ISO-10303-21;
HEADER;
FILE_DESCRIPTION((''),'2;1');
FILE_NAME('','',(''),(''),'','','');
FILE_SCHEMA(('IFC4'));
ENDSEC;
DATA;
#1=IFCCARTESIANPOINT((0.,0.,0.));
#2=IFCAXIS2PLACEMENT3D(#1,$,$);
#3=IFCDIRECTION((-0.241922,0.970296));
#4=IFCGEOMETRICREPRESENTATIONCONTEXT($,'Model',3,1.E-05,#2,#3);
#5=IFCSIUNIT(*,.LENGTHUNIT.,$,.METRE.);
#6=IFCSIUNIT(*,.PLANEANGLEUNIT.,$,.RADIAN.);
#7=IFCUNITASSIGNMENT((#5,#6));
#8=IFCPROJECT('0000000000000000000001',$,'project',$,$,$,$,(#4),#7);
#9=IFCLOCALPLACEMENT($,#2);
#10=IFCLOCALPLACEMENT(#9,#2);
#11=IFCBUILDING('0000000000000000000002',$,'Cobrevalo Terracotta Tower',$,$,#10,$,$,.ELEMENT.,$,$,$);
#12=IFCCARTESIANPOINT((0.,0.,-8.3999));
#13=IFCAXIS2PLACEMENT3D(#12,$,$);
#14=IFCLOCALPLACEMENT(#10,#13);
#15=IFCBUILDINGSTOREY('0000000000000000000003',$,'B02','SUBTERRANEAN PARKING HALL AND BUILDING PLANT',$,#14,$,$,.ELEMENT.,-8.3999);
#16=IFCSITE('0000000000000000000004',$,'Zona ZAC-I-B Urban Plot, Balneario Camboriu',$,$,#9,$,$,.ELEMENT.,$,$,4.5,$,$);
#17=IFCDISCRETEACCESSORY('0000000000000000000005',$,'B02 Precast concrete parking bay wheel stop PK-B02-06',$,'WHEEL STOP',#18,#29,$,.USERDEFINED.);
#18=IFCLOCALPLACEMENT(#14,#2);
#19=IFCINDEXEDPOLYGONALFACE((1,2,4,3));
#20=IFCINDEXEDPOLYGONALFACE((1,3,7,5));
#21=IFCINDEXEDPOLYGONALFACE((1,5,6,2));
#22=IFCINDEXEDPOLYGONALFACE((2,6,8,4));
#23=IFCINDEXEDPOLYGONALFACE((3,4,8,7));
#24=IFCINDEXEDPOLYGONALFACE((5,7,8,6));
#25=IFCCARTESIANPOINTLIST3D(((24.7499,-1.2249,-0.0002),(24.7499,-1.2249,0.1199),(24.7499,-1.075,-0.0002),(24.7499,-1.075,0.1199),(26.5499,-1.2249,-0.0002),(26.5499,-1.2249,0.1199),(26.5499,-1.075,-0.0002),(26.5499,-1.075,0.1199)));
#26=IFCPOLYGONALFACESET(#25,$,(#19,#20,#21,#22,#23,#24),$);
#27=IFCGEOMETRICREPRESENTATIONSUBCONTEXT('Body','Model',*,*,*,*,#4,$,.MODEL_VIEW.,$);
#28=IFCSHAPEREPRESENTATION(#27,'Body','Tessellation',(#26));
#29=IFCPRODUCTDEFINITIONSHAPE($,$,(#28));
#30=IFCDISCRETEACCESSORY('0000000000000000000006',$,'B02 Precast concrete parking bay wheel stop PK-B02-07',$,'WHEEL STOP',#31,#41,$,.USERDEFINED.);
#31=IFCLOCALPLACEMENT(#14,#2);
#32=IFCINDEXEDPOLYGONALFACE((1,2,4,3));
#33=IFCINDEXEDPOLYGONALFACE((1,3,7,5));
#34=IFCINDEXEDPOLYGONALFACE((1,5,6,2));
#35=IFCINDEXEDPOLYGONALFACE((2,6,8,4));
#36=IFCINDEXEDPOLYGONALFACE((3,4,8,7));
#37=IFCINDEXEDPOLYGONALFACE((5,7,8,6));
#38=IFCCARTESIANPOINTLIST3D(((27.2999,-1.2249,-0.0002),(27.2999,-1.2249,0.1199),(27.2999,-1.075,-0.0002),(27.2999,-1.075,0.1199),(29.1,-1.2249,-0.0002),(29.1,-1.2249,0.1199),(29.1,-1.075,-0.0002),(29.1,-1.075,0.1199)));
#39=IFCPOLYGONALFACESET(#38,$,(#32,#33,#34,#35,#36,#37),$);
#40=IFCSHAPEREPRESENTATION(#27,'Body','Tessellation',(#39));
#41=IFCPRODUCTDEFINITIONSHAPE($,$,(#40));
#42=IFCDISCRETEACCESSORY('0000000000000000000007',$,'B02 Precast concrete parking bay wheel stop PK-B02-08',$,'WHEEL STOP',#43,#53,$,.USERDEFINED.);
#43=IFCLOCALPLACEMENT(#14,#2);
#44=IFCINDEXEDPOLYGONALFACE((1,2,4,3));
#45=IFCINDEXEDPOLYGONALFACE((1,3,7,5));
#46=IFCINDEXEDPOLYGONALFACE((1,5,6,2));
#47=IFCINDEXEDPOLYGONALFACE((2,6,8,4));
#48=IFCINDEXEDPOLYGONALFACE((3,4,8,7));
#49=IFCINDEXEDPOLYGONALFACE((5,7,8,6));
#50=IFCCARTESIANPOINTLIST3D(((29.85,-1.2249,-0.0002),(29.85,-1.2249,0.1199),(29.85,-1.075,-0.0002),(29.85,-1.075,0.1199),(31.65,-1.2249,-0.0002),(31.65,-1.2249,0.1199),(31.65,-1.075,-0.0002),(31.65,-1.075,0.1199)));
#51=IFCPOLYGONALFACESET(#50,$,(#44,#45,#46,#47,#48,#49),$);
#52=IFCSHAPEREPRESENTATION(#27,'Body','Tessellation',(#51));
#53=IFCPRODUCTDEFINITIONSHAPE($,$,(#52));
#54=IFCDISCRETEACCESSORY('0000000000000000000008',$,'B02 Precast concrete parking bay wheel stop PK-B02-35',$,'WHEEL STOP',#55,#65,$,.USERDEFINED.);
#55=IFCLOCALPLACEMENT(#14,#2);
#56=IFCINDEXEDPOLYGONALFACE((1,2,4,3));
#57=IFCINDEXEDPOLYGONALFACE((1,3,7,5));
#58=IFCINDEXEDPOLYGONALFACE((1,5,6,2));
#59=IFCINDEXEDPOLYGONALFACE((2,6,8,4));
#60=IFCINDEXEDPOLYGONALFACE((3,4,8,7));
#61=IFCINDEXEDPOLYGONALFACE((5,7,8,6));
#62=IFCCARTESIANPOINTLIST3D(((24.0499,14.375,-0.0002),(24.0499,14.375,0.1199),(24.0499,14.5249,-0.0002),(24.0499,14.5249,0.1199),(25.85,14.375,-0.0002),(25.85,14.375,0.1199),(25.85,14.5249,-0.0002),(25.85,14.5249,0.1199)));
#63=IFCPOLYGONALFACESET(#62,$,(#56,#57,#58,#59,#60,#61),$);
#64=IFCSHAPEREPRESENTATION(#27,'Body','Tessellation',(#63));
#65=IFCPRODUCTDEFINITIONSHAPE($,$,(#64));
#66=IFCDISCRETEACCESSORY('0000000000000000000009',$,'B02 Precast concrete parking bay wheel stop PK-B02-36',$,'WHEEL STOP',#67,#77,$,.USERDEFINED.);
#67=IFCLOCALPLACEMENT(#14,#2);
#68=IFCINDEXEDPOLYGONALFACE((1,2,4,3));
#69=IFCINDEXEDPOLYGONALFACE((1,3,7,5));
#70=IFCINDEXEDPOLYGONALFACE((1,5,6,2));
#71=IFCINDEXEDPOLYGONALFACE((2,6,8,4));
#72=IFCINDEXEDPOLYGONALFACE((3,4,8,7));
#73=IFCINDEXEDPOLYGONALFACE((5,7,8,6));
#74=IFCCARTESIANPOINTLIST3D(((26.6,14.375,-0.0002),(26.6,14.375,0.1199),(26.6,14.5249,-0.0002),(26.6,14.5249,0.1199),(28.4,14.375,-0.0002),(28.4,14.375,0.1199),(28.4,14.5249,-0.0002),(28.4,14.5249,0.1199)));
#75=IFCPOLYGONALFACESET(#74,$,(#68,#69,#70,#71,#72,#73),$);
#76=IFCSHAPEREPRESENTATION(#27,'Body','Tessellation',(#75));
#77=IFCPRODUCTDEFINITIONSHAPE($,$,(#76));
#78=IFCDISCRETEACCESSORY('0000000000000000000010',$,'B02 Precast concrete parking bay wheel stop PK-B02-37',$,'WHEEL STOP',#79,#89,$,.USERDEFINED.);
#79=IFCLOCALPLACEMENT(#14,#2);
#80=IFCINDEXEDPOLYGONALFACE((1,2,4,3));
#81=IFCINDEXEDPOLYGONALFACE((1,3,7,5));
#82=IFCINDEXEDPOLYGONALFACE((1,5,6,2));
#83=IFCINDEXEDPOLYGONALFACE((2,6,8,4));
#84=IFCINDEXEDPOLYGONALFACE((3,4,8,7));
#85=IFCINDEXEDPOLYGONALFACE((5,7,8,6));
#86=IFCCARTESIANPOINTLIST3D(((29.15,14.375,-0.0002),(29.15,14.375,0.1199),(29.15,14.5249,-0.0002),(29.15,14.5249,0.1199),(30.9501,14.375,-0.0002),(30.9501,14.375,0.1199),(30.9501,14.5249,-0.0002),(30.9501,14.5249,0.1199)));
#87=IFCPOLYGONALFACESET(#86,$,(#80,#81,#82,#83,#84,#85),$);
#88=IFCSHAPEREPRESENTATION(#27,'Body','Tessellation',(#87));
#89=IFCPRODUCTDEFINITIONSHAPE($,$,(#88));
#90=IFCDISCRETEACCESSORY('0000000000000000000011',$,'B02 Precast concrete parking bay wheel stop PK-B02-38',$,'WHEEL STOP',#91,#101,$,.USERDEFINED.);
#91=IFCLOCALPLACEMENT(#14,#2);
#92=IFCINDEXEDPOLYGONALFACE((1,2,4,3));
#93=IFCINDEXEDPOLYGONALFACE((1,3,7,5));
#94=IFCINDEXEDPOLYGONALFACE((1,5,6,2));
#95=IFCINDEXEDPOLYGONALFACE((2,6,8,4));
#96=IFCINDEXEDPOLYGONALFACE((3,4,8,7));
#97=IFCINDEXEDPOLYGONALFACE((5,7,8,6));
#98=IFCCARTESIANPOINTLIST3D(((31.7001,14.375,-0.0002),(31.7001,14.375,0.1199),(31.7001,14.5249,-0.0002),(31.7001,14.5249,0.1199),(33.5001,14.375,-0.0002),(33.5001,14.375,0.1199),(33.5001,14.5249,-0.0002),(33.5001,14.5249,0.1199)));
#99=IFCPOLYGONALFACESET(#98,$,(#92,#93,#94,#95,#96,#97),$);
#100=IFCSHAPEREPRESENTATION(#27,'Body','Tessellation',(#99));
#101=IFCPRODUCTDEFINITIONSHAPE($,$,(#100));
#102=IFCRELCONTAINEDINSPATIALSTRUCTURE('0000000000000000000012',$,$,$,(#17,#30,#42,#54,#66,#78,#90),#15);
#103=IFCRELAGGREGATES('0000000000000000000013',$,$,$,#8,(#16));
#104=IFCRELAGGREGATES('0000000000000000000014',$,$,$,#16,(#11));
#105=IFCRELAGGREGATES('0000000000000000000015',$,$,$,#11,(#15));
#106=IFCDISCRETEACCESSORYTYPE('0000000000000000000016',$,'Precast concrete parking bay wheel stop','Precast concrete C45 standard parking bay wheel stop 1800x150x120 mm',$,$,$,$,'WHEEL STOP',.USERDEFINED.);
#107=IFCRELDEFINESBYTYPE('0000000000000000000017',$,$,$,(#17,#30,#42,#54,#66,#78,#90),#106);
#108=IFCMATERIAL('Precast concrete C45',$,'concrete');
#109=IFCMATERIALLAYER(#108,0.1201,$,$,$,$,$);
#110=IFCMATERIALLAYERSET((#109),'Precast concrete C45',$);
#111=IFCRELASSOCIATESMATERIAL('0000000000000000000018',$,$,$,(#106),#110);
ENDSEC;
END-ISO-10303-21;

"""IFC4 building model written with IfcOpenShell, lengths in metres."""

from ifc_helpers import new_model, si_unit, direction, frame, origin, origin_2d, place, context, subcontext, project, spatial, rectangle, extrude, source, transform, mapped, material, layer, layer_set, type_object, element, save


model = new_model("IFC4")

# Units and contexts
model_context = context("Model", 3, precision=1e-05, world=origin(), true_north=direction((-0.241922, 0.970296)))
body_context = subcontext(model_context, "Body", "Model", "MODEL_VIEW")
ifc_project = project(units=[si_unit("LENGTHUNIT", "METRE"), si_unit("PLANEANGLEUNIT", "RADIAN")], contexts=[model_context])

# Site, building, storey
site_placement = place(None, origin())
site = spatial("IfcSite", under=ifc_project, at=site_placement, Name="Zona ZAC-I-B Urban Plot, Balneario Camboriu", CompositionType="ELEMENT", RefElevation=4.5)
building_placement = place(site_placement, origin())
building = spatial("IfcBuilding", under=site, at=building_placement, Name="Cobrevalo Terracotta Tower", CompositionType="ELEMENT")
storey_placement = place(building_placement, frame((0.0, 0.0, -8.3999)))
storey = spatial("IfcBuildingStorey", under=building, at=storey_placement, Name="B02", Description="SUBTERRANEAN PARKING HALL AND BUILDING PLANT", CompositionType="ELEMENT", Elevation=-8.3999)

# Discrete accessories
ifc_material_1 = material(Name="Precast concrete C45", Category="concrete")
ifc_layer_1 = layer(ifc_material_1, 0.1201)
ifc_layer_set_1 = layer_set([ifc_layer_1], Name="Precast concrete C45")
discrete_accessory_type = type_object("IfcDiscreteAccessoryType", Name="Precast concrete parking bay wheel stop", Description="Precast concrete C45 standard parking bay wheel stop 1800x150x120 mm", ElementType="WHEEL STOP", PredefinedType="USERDEFINED", material=ifc_layer_set_1)
shared_shape_1 = source(origin(), body_context, "Body", "SweptSolid", [
    extrude(rectangle(XDim=1.8, YDim=0.1499, at=origin_2d()), origin(), (0.0, 0.0, 1.0), 0.1201),
])
for number, where, z_axis, x_axis, name in (
    (1, (25.6499, -1.1499, -0.0002), (0.0, 0.0, 1.0), (1.0, 0.0, 0.0), "B02 Precast concrete parking bay wheel stop PK-B02-06"),
    (2, (28.2, -1.1499, -0.0002), (0.0, 0.0, 1.0), (1.0, 0.0, 0.0), "B02 Precast concrete parking bay wheel stop PK-B02-07"),
    (3, (30.75, -1.1499, -0.0002), (0.0, 0.0, 1.0), (1.0, 0.0, 0.0), "B02 Precast concrete parking bay wheel stop PK-B02-08"),
    (4, (24.95, 14.45, -0.0002), (0.0, 0.0, 1.0), (1.0, 0.0, 0.0), "B02 Precast concrete parking bay wheel stop PK-B02-35"),
    (5, (27.5, 14.45, -0.0002), (0.0, 0.0, 1.0), (1.0, 0.0, 0.0), "B02 Precast concrete parking bay wheel stop PK-B02-36"),
    (6, (30.05, 14.45, -0.0002), (0.0, 0.0, 1.0), (1.0, 0.0, 0.0), "B02 Precast concrete parking bay wheel stop PK-B02-37"),
    (7, (32.6001, 14.45, -0.0002), (0.0, 0.0, 1.0), (1.0, 0.0, 0.0), "B02 Precast concrete parking bay wheel stop PK-B02-38"),
):
    element("IfcDiscreteAccessory", number, at=place(storey_placement, frame(where, z_axis=z_axis, x_axis=x_axis)), inside=storey, type_object=discrete_accessory_type, Name=name, ObjectType="WHEEL STOP", PredefinedType="USERDEFINED", context=body_context, shape_type="MappedRepresentation", body=[
        mapped(shared_shape_1, transform((0.0, 0.0, 0.0), scale=1.0)),
    ])

save(model, "model.ifc")
